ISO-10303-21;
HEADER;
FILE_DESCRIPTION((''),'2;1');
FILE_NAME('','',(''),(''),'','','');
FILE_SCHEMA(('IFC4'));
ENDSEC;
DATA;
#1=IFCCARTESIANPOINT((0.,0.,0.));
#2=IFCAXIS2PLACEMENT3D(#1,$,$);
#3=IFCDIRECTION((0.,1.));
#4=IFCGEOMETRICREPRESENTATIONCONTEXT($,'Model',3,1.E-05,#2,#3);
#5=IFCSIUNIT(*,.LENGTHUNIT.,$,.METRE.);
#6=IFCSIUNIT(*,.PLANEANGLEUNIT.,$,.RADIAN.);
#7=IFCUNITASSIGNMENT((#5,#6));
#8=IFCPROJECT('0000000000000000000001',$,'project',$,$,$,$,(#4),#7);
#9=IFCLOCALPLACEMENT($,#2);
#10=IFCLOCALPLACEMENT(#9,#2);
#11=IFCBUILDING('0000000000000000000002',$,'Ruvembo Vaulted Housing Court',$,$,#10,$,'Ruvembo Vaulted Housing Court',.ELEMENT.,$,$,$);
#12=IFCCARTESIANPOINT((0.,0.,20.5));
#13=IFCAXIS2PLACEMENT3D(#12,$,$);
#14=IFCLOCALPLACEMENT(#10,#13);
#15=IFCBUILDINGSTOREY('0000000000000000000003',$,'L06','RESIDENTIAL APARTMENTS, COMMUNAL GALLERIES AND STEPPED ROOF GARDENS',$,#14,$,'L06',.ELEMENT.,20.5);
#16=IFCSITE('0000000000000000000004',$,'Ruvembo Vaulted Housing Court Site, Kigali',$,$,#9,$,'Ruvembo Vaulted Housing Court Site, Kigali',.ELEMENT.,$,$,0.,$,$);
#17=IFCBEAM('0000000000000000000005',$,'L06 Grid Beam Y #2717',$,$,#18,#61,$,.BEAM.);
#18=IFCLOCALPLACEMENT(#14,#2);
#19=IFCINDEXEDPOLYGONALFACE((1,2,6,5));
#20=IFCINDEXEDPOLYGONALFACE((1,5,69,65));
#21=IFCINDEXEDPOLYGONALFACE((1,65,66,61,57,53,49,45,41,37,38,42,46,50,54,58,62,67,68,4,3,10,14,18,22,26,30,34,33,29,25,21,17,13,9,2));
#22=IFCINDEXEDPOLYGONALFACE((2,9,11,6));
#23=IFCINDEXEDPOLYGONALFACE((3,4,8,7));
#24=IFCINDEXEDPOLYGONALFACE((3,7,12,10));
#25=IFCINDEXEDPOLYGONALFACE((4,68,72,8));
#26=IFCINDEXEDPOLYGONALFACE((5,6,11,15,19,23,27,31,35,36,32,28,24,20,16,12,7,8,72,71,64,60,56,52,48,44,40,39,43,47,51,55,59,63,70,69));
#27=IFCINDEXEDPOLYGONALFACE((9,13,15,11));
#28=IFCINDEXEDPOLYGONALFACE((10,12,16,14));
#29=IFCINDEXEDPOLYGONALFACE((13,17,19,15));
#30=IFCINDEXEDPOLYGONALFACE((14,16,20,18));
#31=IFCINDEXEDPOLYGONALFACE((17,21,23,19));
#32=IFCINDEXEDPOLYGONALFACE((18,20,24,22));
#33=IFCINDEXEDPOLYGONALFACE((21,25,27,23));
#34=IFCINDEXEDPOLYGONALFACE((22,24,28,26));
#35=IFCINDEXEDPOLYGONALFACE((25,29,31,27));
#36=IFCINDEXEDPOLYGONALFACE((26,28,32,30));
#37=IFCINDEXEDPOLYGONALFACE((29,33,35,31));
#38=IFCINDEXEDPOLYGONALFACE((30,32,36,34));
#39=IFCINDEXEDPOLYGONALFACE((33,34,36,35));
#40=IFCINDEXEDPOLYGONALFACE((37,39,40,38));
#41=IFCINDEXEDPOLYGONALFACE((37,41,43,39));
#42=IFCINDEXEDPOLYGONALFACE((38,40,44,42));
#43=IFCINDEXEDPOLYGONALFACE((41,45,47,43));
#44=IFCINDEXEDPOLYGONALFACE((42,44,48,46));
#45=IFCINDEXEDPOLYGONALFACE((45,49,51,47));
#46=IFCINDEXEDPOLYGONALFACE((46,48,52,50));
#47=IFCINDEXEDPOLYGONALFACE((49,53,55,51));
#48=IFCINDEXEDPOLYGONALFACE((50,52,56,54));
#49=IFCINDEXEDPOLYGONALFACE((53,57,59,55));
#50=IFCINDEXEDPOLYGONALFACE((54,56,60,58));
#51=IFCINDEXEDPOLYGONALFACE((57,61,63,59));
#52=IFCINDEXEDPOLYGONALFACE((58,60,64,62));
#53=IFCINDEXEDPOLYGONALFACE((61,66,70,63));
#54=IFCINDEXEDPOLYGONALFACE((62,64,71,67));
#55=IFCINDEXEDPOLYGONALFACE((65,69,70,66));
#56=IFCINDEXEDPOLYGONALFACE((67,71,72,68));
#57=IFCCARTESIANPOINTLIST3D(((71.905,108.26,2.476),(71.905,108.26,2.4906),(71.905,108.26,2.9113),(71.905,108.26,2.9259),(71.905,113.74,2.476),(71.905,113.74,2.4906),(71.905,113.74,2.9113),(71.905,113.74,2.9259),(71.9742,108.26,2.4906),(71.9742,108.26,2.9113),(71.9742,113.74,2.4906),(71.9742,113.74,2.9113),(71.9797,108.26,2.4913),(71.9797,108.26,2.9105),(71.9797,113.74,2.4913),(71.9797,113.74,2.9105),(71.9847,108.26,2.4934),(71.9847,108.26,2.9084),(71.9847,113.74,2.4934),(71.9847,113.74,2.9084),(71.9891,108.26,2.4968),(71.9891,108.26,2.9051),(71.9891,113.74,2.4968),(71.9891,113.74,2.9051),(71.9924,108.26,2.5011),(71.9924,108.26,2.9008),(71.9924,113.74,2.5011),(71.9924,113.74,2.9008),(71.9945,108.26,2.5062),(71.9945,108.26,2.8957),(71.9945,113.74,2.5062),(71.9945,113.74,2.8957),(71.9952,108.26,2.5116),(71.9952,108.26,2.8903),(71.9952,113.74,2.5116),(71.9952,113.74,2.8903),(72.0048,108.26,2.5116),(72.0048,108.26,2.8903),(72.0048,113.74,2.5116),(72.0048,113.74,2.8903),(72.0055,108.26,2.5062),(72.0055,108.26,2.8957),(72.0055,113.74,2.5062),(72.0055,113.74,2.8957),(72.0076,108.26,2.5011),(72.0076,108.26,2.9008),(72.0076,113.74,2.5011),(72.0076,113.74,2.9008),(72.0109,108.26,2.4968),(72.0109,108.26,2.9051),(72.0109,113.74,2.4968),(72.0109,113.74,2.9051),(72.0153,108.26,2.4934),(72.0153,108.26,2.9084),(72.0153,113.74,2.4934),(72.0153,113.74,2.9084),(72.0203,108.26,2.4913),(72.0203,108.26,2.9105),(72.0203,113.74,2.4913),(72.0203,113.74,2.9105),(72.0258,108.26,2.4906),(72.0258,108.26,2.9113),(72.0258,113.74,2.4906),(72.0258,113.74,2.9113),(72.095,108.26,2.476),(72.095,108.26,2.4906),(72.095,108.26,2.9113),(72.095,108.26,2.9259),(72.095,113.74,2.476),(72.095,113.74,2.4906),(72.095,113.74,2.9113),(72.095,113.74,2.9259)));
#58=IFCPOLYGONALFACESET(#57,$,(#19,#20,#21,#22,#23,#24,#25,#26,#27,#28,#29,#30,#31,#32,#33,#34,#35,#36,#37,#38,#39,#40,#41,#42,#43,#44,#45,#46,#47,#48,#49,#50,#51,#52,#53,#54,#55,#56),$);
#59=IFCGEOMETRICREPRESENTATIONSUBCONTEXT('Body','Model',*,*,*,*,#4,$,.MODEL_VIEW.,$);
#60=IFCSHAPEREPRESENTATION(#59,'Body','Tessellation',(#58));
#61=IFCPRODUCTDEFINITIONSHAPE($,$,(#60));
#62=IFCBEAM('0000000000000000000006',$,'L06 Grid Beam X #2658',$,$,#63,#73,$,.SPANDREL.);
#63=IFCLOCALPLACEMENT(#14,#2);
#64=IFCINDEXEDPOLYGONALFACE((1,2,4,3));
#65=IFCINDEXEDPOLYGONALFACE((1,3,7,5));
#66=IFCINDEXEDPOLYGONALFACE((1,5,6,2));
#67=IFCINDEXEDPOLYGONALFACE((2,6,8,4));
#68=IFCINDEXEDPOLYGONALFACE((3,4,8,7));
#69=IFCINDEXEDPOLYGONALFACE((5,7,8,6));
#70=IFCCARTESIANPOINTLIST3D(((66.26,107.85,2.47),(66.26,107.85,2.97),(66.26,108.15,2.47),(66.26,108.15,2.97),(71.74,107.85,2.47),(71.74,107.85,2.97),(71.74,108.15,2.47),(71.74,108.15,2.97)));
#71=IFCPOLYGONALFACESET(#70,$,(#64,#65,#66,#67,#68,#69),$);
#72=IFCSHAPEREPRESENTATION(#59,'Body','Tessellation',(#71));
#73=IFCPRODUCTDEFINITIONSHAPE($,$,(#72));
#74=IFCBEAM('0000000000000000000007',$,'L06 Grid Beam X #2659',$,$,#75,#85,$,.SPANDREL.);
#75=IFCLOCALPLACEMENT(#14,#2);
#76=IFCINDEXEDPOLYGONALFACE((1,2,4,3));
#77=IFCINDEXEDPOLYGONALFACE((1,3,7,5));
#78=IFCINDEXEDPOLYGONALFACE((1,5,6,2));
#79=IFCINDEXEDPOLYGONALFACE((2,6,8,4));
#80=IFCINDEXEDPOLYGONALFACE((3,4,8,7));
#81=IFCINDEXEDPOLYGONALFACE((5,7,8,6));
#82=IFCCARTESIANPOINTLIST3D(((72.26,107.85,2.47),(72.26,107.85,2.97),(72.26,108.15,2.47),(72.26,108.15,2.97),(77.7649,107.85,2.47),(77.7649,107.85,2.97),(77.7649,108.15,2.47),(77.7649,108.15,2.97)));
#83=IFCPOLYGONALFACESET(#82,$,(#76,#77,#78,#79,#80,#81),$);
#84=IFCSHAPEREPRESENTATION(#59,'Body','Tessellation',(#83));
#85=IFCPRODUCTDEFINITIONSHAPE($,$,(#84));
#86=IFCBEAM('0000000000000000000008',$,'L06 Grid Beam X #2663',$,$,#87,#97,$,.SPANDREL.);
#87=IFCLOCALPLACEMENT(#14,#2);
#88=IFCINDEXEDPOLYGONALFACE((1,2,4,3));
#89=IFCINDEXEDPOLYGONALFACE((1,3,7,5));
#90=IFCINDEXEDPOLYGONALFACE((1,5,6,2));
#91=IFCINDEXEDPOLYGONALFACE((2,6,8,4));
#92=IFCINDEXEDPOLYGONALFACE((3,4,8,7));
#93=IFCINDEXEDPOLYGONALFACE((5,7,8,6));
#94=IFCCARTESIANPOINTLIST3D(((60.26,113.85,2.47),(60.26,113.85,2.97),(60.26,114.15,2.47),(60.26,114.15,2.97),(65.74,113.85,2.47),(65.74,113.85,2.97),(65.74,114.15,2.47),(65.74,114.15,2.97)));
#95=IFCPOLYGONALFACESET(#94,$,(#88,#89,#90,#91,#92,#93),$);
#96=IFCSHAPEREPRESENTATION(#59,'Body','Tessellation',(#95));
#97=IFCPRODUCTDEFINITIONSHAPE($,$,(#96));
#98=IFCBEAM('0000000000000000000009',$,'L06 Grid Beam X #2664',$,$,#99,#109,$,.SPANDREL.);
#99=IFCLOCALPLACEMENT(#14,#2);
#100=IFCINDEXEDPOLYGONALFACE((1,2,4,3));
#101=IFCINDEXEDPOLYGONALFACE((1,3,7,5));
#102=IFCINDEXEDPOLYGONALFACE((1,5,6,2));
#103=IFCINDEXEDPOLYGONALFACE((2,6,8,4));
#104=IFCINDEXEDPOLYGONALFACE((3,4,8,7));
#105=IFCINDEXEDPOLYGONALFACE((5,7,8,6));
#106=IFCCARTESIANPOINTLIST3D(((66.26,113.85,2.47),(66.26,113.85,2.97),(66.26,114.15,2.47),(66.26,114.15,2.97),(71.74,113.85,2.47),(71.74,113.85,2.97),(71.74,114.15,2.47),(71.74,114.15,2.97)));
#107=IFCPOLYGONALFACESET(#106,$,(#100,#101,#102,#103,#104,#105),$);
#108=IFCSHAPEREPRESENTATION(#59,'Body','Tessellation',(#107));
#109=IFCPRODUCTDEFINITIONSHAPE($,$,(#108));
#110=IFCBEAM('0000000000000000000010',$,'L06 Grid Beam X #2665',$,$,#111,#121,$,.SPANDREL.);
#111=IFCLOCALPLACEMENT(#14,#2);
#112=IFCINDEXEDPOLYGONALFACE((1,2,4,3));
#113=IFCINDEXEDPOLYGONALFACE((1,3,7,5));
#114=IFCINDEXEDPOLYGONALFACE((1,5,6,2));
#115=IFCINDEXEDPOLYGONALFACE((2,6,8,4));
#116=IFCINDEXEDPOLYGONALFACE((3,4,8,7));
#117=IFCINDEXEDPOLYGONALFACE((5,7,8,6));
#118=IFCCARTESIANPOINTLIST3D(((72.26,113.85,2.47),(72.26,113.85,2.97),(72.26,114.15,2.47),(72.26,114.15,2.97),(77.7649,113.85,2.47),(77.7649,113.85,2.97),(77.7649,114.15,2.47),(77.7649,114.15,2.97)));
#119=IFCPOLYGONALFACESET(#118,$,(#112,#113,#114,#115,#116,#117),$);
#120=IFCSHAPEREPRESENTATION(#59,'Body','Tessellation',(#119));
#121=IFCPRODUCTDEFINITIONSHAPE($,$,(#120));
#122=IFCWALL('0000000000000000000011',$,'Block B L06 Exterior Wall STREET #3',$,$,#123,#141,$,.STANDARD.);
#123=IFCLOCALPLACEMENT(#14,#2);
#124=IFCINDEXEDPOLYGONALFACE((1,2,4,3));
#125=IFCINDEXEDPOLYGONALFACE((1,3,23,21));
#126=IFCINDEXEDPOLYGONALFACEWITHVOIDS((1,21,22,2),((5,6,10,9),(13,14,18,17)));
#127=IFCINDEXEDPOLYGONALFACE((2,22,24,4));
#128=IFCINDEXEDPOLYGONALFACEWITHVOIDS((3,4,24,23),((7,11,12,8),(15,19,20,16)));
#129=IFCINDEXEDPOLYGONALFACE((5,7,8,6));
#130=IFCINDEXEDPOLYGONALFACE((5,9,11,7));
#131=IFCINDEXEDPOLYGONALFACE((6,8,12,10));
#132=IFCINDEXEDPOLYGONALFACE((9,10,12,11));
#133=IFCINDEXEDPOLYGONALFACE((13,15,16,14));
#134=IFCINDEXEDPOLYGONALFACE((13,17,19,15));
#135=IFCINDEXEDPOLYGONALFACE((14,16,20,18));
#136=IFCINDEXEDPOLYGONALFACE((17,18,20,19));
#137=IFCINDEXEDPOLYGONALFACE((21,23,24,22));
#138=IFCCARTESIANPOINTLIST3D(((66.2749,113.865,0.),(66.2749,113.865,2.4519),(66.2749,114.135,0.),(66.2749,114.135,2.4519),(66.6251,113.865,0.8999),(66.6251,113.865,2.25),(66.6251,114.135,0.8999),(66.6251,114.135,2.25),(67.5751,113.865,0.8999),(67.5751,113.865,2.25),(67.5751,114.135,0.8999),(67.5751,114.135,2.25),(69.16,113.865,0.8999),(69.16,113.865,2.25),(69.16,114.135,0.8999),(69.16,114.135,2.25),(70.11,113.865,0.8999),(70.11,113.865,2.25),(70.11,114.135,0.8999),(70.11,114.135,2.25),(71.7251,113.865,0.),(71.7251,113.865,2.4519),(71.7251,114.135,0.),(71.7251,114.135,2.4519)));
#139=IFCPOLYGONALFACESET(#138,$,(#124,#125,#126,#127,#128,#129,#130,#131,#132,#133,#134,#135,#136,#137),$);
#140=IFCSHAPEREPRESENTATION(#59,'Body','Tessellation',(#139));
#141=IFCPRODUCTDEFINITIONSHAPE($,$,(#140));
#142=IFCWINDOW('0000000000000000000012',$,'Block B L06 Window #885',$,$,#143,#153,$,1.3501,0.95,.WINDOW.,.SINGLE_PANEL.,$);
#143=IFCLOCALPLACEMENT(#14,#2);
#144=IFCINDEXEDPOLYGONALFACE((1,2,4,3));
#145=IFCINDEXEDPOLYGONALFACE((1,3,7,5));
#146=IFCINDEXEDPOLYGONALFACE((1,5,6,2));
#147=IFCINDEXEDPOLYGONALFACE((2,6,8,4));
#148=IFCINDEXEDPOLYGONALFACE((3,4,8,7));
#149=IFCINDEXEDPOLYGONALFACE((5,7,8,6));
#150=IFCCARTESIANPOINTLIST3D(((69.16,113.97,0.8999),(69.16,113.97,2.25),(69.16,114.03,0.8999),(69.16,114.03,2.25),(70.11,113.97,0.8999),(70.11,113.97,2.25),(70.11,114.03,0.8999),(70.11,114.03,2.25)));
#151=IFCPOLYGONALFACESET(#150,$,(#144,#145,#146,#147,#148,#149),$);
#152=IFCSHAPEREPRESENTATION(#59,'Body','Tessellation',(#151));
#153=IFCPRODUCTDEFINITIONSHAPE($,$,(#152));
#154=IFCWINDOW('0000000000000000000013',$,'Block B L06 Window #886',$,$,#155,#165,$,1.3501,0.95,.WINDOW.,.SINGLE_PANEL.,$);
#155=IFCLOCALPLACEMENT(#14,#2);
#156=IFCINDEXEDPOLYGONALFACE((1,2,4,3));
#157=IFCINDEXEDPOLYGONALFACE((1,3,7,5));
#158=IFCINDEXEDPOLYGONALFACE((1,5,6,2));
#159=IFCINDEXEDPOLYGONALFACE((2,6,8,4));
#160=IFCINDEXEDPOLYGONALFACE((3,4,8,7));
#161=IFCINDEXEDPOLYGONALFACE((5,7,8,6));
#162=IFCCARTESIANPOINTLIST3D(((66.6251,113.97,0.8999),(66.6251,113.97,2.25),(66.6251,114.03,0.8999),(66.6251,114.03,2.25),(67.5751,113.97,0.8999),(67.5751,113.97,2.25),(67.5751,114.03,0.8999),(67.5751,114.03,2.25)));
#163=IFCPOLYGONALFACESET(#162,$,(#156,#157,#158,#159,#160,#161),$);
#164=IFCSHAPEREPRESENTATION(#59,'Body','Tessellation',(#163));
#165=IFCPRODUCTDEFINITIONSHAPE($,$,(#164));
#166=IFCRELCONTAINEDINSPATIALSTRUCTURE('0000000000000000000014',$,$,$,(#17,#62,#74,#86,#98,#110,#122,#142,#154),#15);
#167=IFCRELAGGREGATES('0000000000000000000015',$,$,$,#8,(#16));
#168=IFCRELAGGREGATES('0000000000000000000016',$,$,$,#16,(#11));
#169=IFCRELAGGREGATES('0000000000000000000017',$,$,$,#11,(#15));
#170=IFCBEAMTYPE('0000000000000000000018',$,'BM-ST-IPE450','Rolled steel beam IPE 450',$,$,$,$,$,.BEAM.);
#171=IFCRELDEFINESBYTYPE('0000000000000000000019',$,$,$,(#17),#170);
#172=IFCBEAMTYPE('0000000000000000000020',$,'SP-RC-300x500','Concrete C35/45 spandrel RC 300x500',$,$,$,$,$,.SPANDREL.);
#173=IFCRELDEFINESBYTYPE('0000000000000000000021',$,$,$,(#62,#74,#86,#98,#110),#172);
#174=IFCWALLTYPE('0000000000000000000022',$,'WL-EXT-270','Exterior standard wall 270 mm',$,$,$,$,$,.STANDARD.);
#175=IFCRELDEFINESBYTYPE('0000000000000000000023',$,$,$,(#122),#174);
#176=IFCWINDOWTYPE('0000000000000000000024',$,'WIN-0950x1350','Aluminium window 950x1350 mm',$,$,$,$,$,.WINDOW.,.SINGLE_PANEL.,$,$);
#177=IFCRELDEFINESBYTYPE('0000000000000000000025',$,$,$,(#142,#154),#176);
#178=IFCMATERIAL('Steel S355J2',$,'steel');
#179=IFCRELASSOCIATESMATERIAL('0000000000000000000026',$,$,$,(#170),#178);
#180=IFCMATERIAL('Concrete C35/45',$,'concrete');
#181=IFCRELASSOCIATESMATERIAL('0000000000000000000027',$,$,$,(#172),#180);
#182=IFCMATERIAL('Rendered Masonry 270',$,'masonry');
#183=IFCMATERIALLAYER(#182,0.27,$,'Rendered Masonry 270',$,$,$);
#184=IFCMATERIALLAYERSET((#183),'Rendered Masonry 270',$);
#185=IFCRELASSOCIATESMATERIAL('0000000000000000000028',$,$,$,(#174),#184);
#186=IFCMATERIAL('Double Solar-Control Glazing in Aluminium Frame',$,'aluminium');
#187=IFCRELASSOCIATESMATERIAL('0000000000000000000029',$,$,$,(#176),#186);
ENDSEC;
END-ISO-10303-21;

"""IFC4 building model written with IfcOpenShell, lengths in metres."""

from ifc_helpers import new_model, si_unit, direction, frame, frame_2d, origin, origin_2d, place, context, subcontext, project, spatial, rectangle, i_section, extrude, material, layer, layer_set, material_profile, profile_set, type_object, element, fill, save


model = new_model("IFC4")

# Units and contexts
model_context = context("Model", 3, precision=1e-05, world=origin(), true_north=direction((0.0, 1.0)))
body_context = subcontext(model_context, "Body", "Model", "MODEL_VIEW")
ifc_project = project(units=[si_unit("LENGTHUNIT", "METRE"), si_unit("PLANEANGLEUNIT", "RADIAN")], contexts=[model_context])

# Site, building, storey
site_placement = place(None, origin())
site = spatial("IfcSite", under=ifc_project, at=site_placement, Name="Ruvembo Vaulted Housing Court Site, Kigali", LongName="Ruvembo Vaulted Housing Court Site, Kigali", CompositionType="ELEMENT", RefElevation=0.0)
building_placement = place(site_placement, origin())
building = spatial("IfcBuilding", under=site, at=building_placement, Name="Ruvembo Vaulted Housing Court", LongName="Ruvembo Vaulted Housing Court", CompositionType="ELEMENT")
storey_placement = place(building_placement, frame((0.0, 0.0, 20.5)))
storey = spatial("IfcBuildingStorey", under=building, at=storey_placement, Name="L06", Description="RESIDENTIAL APARTMENTS, COMMUNAL GALLERIES AND STEPPED ROOF GARDENS", LongName="L06", CompositionType="ELEMENT", Elevation=20.5)

# Shared definitions
ifc_material_1 = material(Name="Concrete C35/45", Category="concrete")

# Beams
ifc_material_2 = material(Name="Steel S355J2", Category="steel")
ifc_material_profile_1 = material_profile(ifc_material_2, i_section(OverallWidth=0.1899, OverallDepth=0.45, WebThickness=0.0095, FlangeThickness=0.0146, FilletRadius=0.021, at=origin_2d()), Name="IPE 450")
ifc_profile_set_1 = profile_set([ifc_material_profile_1], Name="Steel S355J2")
beam_type_1 = type_object("IfcBeamType", Name="BM-ST-IPE450", Description="Rolled steel beam IPE 450", PredefinedType="BEAM", material=ifc_profile_set_1)
beam_1_placement = place(storey_placement, frame((72.0, 108.26, 2.7009), z_axis=(0.0, 1.0, 0.0), x_axis=(-1.0, 0.0, 0.0)))
element("IfcBeam", 1, at=beam_1_placement, inside=storey, type_object=beam_type_1, Name="L06 Grid Beam Y #2717", PredefinedType="BEAM", context=body_context, shape_type="SweptSolid", body=[
    extrude(i_section(OverallWidth=0.1899, OverallDepth=0.45, WebThickness=0.0095, FlangeThickness=0.0146, FilletRadius=0.021, at=origin_2d()), origin(), (0.0, 0.0, 1.0), 5.48),
])
ifc_material_profile_2 = material_profile(ifc_material_1, rectangle(XDim=0.3, YDim=0.5, at=origin_2d()), Name="RC 300x500")
ifc_profile_set_2 = profile_set([ifc_material_profile_2], Name="Concrete C35/45")
beam_type_2 = type_object("IfcBeamType", Name="SP-RC-300x500", Description="Concrete C35/45 spandrel RC 300x500", PredefinedType="SPANDREL", material=ifc_profile_set_2)
beam_2_placement = place(storey_placement, frame((66.26, 108.0, 2.72), z_axis=(1.0, 0.0, 0.0), x_axis=(0.0, 1.0, 0.0)))
element("IfcBeam", 2, at=beam_2_placement, inside=storey, type_object=beam_type_2, Name="L06 Grid Beam X #2658", PredefinedType="SPANDREL", context=body_context, shape_type="SweptSolid", body=[
    extrude(rectangle(XDim=0.3, YDim=0.5, at=origin_2d()), origin(), (0.0, 0.0, 1.0), 5.48),
])
beam_3_placement = place(storey_placement, frame((72.26, 108.0, 2.72), z_axis=(1.0, 0.0, 0.0), x_axis=(0.0, 1.0, 0.0)))
element("IfcBeam", 3, at=beam_3_placement, inside=storey, type_object=beam_type_2, Name="L06 Grid Beam X #2659", PredefinedType="SPANDREL", context=body_context, shape_type="SweptSolid", body=[
    extrude(rectangle(XDim=0.3, YDim=0.5, at=origin_2d()), origin(), (0.0, 0.0, 1.0), 5.5049),
])
for number, where, z_axis, x_axis, name in (
    (4, (60.26, 114.0, 2.72), (1.0, 0.0, 0.0), (0.0, 1.0, 0.0), "L06 Grid Beam X #2663"),
    (5, (66.26, 114.0, 2.72), (1.0, 0.0, 0.0), (0.0, 1.0, 0.0), "L06 Grid Beam X #2664"),
):
    element("IfcBeam", number, at=place(storey_placement, frame(where, z_axis=z_axis, x_axis=x_axis)), inside=storey, type_object=beam_type_2, Name=name, PredefinedType="SPANDREL", context=body_context, shape_type="SweptSolid", body=[
        extrude(rectangle(XDim=0.3, YDim=0.5, at=origin_2d()), origin(), (0.0, 0.0, 1.0), 5.48),
    ])
beam_4_placement = place(storey_placement, frame((72.26, 114.0, 2.72), z_axis=(1.0, 0.0, 0.0), x_axis=(0.0, 1.0, 0.0)))
element("IfcBeam", 6, at=beam_4_placement, inside=storey, type_object=beam_type_2, Name="L06 Grid Beam X #2665", PredefinedType="SPANDREL", context=body_context, shape_type="SweptSolid", body=[
    extrude(rectangle(XDim=0.3, YDim=0.5, at=origin_2d()), origin(), (0.0, 0.0, 1.0), 5.5049),
])

# Wall, openings, windows
ifc_material_3 = material(Name="Rendered Masonry 270", Category="masonry")
ifc_layer_1 = layer(ifc_material_3, 0.27, Name="Rendered Masonry 270")
ifc_layer_set_1 = layer_set([ifc_layer_1], Name="Rendered Masonry 270")
wall_type_1 = type_object("IfcWallType", Name="WL-EXT-270", Description="Exterior standard wall 270 mm", PredefinedType="STANDARD", material=ifc_layer_set_1)
wall_1_placement = place(storey_placement, frame((71.7251, 114.0, 0.0), z_axis=(0.0, 0.0, 1.0), x_axis=(-1.0, 0.0, 0.0)))
wall_1 = element("IfcWall", 7, at=wall_1_placement, inside=storey, type_object=wall_type_1, Name="Block B L06 Exterior Wall STREET #3", PredefinedType="STANDARD", context=body_context, shape_type="SweptSolid", body=[
    extrude(rectangle(XDim=5.4502, YDim=0.27, at=frame_2d((2.7251, 0.0))), origin(), (0.0, 0.0, 1.0), 2.4519),
])
opening_1_placement = place(wall_1_placement, frame((1.615, 0.0, 0.8999)))
opening_1 = element("IfcOpeningElement", 8, at=opening_1_placement, cuts=wall_1, PredefinedType="OPENING", context=body_context, shape_type="SweptSolid", body=[
    extrude(rectangle(XDim=0.95, YDim=1.3501, at=frame_2d((0.4751, 0.675))), frame((0.0, 0.145, 0.0), z_axis=(0.0, -1.0, 0.0), x_axis=(1.0, 0.0, 0.0)), (0.0, 0.0, 1.0), 0.29),
])
opening_2_placement = place(wall_1_placement, frame((4.1499, 0.0, 0.8999)))
opening_2 = element("IfcOpeningElement", 9, at=opening_2_placement, cuts=wall_1, PredefinedType="OPENING", context=body_context, shape_type="SweptSolid", body=[
    extrude(rectangle(XDim=0.95, YDim=1.3501, at=frame_2d((0.4751, 0.675))), frame((0.0, 0.145, 0.0), z_axis=(0.0, -1.0, 0.0), x_axis=(1.0, 0.0, 0.0)), (0.0, 0.0, 1.0), 0.29),
])
ifc_material_4 = material(Name="Double Solar-Control Glazing in Aluminium Frame", Category="aluminium")
window_type_1 = type_object("IfcWindowType", Name="WIN-0950x1350", Description="Aluminium window 950x1350 mm", PartitioningType="SINGLE_PANEL", PredefinedType="WINDOW", material=ifc_material_4)
window_1_placement = place(opening_1_placement, origin())
window_1 = element("IfcWindow", 10, at=window_1_placement, inside=storey, type_object=window_type_1, Name="Block B L06 Window #885", OverallHeight=1.3501, OverallWidth=0.95, PartitioningType="SINGLE_PANEL", PredefinedType="WINDOW", context=body_context, shape_type="SweptSolid", body=[
    extrude(rectangle(XDim=0.95, YDim=1.3501, at=frame_2d((0.4751, 0.675))), frame((0.0, 0.03, 0.0), z_axis=(0.0, -1.0, 0.0), x_axis=(1.0, 0.0, 0.0)), (0.0, 0.0, 1.0), 0.0601),
])
fill(opening_1, window_1)
window_2_placement = place(opening_2_placement, origin())
window_2 = element("IfcWindow", 11, at=window_2_placement, inside=storey, type_object=window_type_1, Name="Block B L06 Window #886", OverallHeight=1.3501, OverallWidth=0.95, PartitioningType="SINGLE_PANEL", PredefinedType="WINDOW", context=body_context, shape_type="SweptSolid", body=[
    extrude(rectangle(XDim=0.95, YDim=1.3501, at=frame_2d((0.4751, 0.675))), frame((0.0, 0.03, 0.0), z_axis=(0.0, -1.0, 0.0), x_axis=(1.0, 0.0, 0.0)), (0.0, 0.0, 1.0), 0.0601),
])
fill(opening_2, window_2)

save(model, "model.ifc")
